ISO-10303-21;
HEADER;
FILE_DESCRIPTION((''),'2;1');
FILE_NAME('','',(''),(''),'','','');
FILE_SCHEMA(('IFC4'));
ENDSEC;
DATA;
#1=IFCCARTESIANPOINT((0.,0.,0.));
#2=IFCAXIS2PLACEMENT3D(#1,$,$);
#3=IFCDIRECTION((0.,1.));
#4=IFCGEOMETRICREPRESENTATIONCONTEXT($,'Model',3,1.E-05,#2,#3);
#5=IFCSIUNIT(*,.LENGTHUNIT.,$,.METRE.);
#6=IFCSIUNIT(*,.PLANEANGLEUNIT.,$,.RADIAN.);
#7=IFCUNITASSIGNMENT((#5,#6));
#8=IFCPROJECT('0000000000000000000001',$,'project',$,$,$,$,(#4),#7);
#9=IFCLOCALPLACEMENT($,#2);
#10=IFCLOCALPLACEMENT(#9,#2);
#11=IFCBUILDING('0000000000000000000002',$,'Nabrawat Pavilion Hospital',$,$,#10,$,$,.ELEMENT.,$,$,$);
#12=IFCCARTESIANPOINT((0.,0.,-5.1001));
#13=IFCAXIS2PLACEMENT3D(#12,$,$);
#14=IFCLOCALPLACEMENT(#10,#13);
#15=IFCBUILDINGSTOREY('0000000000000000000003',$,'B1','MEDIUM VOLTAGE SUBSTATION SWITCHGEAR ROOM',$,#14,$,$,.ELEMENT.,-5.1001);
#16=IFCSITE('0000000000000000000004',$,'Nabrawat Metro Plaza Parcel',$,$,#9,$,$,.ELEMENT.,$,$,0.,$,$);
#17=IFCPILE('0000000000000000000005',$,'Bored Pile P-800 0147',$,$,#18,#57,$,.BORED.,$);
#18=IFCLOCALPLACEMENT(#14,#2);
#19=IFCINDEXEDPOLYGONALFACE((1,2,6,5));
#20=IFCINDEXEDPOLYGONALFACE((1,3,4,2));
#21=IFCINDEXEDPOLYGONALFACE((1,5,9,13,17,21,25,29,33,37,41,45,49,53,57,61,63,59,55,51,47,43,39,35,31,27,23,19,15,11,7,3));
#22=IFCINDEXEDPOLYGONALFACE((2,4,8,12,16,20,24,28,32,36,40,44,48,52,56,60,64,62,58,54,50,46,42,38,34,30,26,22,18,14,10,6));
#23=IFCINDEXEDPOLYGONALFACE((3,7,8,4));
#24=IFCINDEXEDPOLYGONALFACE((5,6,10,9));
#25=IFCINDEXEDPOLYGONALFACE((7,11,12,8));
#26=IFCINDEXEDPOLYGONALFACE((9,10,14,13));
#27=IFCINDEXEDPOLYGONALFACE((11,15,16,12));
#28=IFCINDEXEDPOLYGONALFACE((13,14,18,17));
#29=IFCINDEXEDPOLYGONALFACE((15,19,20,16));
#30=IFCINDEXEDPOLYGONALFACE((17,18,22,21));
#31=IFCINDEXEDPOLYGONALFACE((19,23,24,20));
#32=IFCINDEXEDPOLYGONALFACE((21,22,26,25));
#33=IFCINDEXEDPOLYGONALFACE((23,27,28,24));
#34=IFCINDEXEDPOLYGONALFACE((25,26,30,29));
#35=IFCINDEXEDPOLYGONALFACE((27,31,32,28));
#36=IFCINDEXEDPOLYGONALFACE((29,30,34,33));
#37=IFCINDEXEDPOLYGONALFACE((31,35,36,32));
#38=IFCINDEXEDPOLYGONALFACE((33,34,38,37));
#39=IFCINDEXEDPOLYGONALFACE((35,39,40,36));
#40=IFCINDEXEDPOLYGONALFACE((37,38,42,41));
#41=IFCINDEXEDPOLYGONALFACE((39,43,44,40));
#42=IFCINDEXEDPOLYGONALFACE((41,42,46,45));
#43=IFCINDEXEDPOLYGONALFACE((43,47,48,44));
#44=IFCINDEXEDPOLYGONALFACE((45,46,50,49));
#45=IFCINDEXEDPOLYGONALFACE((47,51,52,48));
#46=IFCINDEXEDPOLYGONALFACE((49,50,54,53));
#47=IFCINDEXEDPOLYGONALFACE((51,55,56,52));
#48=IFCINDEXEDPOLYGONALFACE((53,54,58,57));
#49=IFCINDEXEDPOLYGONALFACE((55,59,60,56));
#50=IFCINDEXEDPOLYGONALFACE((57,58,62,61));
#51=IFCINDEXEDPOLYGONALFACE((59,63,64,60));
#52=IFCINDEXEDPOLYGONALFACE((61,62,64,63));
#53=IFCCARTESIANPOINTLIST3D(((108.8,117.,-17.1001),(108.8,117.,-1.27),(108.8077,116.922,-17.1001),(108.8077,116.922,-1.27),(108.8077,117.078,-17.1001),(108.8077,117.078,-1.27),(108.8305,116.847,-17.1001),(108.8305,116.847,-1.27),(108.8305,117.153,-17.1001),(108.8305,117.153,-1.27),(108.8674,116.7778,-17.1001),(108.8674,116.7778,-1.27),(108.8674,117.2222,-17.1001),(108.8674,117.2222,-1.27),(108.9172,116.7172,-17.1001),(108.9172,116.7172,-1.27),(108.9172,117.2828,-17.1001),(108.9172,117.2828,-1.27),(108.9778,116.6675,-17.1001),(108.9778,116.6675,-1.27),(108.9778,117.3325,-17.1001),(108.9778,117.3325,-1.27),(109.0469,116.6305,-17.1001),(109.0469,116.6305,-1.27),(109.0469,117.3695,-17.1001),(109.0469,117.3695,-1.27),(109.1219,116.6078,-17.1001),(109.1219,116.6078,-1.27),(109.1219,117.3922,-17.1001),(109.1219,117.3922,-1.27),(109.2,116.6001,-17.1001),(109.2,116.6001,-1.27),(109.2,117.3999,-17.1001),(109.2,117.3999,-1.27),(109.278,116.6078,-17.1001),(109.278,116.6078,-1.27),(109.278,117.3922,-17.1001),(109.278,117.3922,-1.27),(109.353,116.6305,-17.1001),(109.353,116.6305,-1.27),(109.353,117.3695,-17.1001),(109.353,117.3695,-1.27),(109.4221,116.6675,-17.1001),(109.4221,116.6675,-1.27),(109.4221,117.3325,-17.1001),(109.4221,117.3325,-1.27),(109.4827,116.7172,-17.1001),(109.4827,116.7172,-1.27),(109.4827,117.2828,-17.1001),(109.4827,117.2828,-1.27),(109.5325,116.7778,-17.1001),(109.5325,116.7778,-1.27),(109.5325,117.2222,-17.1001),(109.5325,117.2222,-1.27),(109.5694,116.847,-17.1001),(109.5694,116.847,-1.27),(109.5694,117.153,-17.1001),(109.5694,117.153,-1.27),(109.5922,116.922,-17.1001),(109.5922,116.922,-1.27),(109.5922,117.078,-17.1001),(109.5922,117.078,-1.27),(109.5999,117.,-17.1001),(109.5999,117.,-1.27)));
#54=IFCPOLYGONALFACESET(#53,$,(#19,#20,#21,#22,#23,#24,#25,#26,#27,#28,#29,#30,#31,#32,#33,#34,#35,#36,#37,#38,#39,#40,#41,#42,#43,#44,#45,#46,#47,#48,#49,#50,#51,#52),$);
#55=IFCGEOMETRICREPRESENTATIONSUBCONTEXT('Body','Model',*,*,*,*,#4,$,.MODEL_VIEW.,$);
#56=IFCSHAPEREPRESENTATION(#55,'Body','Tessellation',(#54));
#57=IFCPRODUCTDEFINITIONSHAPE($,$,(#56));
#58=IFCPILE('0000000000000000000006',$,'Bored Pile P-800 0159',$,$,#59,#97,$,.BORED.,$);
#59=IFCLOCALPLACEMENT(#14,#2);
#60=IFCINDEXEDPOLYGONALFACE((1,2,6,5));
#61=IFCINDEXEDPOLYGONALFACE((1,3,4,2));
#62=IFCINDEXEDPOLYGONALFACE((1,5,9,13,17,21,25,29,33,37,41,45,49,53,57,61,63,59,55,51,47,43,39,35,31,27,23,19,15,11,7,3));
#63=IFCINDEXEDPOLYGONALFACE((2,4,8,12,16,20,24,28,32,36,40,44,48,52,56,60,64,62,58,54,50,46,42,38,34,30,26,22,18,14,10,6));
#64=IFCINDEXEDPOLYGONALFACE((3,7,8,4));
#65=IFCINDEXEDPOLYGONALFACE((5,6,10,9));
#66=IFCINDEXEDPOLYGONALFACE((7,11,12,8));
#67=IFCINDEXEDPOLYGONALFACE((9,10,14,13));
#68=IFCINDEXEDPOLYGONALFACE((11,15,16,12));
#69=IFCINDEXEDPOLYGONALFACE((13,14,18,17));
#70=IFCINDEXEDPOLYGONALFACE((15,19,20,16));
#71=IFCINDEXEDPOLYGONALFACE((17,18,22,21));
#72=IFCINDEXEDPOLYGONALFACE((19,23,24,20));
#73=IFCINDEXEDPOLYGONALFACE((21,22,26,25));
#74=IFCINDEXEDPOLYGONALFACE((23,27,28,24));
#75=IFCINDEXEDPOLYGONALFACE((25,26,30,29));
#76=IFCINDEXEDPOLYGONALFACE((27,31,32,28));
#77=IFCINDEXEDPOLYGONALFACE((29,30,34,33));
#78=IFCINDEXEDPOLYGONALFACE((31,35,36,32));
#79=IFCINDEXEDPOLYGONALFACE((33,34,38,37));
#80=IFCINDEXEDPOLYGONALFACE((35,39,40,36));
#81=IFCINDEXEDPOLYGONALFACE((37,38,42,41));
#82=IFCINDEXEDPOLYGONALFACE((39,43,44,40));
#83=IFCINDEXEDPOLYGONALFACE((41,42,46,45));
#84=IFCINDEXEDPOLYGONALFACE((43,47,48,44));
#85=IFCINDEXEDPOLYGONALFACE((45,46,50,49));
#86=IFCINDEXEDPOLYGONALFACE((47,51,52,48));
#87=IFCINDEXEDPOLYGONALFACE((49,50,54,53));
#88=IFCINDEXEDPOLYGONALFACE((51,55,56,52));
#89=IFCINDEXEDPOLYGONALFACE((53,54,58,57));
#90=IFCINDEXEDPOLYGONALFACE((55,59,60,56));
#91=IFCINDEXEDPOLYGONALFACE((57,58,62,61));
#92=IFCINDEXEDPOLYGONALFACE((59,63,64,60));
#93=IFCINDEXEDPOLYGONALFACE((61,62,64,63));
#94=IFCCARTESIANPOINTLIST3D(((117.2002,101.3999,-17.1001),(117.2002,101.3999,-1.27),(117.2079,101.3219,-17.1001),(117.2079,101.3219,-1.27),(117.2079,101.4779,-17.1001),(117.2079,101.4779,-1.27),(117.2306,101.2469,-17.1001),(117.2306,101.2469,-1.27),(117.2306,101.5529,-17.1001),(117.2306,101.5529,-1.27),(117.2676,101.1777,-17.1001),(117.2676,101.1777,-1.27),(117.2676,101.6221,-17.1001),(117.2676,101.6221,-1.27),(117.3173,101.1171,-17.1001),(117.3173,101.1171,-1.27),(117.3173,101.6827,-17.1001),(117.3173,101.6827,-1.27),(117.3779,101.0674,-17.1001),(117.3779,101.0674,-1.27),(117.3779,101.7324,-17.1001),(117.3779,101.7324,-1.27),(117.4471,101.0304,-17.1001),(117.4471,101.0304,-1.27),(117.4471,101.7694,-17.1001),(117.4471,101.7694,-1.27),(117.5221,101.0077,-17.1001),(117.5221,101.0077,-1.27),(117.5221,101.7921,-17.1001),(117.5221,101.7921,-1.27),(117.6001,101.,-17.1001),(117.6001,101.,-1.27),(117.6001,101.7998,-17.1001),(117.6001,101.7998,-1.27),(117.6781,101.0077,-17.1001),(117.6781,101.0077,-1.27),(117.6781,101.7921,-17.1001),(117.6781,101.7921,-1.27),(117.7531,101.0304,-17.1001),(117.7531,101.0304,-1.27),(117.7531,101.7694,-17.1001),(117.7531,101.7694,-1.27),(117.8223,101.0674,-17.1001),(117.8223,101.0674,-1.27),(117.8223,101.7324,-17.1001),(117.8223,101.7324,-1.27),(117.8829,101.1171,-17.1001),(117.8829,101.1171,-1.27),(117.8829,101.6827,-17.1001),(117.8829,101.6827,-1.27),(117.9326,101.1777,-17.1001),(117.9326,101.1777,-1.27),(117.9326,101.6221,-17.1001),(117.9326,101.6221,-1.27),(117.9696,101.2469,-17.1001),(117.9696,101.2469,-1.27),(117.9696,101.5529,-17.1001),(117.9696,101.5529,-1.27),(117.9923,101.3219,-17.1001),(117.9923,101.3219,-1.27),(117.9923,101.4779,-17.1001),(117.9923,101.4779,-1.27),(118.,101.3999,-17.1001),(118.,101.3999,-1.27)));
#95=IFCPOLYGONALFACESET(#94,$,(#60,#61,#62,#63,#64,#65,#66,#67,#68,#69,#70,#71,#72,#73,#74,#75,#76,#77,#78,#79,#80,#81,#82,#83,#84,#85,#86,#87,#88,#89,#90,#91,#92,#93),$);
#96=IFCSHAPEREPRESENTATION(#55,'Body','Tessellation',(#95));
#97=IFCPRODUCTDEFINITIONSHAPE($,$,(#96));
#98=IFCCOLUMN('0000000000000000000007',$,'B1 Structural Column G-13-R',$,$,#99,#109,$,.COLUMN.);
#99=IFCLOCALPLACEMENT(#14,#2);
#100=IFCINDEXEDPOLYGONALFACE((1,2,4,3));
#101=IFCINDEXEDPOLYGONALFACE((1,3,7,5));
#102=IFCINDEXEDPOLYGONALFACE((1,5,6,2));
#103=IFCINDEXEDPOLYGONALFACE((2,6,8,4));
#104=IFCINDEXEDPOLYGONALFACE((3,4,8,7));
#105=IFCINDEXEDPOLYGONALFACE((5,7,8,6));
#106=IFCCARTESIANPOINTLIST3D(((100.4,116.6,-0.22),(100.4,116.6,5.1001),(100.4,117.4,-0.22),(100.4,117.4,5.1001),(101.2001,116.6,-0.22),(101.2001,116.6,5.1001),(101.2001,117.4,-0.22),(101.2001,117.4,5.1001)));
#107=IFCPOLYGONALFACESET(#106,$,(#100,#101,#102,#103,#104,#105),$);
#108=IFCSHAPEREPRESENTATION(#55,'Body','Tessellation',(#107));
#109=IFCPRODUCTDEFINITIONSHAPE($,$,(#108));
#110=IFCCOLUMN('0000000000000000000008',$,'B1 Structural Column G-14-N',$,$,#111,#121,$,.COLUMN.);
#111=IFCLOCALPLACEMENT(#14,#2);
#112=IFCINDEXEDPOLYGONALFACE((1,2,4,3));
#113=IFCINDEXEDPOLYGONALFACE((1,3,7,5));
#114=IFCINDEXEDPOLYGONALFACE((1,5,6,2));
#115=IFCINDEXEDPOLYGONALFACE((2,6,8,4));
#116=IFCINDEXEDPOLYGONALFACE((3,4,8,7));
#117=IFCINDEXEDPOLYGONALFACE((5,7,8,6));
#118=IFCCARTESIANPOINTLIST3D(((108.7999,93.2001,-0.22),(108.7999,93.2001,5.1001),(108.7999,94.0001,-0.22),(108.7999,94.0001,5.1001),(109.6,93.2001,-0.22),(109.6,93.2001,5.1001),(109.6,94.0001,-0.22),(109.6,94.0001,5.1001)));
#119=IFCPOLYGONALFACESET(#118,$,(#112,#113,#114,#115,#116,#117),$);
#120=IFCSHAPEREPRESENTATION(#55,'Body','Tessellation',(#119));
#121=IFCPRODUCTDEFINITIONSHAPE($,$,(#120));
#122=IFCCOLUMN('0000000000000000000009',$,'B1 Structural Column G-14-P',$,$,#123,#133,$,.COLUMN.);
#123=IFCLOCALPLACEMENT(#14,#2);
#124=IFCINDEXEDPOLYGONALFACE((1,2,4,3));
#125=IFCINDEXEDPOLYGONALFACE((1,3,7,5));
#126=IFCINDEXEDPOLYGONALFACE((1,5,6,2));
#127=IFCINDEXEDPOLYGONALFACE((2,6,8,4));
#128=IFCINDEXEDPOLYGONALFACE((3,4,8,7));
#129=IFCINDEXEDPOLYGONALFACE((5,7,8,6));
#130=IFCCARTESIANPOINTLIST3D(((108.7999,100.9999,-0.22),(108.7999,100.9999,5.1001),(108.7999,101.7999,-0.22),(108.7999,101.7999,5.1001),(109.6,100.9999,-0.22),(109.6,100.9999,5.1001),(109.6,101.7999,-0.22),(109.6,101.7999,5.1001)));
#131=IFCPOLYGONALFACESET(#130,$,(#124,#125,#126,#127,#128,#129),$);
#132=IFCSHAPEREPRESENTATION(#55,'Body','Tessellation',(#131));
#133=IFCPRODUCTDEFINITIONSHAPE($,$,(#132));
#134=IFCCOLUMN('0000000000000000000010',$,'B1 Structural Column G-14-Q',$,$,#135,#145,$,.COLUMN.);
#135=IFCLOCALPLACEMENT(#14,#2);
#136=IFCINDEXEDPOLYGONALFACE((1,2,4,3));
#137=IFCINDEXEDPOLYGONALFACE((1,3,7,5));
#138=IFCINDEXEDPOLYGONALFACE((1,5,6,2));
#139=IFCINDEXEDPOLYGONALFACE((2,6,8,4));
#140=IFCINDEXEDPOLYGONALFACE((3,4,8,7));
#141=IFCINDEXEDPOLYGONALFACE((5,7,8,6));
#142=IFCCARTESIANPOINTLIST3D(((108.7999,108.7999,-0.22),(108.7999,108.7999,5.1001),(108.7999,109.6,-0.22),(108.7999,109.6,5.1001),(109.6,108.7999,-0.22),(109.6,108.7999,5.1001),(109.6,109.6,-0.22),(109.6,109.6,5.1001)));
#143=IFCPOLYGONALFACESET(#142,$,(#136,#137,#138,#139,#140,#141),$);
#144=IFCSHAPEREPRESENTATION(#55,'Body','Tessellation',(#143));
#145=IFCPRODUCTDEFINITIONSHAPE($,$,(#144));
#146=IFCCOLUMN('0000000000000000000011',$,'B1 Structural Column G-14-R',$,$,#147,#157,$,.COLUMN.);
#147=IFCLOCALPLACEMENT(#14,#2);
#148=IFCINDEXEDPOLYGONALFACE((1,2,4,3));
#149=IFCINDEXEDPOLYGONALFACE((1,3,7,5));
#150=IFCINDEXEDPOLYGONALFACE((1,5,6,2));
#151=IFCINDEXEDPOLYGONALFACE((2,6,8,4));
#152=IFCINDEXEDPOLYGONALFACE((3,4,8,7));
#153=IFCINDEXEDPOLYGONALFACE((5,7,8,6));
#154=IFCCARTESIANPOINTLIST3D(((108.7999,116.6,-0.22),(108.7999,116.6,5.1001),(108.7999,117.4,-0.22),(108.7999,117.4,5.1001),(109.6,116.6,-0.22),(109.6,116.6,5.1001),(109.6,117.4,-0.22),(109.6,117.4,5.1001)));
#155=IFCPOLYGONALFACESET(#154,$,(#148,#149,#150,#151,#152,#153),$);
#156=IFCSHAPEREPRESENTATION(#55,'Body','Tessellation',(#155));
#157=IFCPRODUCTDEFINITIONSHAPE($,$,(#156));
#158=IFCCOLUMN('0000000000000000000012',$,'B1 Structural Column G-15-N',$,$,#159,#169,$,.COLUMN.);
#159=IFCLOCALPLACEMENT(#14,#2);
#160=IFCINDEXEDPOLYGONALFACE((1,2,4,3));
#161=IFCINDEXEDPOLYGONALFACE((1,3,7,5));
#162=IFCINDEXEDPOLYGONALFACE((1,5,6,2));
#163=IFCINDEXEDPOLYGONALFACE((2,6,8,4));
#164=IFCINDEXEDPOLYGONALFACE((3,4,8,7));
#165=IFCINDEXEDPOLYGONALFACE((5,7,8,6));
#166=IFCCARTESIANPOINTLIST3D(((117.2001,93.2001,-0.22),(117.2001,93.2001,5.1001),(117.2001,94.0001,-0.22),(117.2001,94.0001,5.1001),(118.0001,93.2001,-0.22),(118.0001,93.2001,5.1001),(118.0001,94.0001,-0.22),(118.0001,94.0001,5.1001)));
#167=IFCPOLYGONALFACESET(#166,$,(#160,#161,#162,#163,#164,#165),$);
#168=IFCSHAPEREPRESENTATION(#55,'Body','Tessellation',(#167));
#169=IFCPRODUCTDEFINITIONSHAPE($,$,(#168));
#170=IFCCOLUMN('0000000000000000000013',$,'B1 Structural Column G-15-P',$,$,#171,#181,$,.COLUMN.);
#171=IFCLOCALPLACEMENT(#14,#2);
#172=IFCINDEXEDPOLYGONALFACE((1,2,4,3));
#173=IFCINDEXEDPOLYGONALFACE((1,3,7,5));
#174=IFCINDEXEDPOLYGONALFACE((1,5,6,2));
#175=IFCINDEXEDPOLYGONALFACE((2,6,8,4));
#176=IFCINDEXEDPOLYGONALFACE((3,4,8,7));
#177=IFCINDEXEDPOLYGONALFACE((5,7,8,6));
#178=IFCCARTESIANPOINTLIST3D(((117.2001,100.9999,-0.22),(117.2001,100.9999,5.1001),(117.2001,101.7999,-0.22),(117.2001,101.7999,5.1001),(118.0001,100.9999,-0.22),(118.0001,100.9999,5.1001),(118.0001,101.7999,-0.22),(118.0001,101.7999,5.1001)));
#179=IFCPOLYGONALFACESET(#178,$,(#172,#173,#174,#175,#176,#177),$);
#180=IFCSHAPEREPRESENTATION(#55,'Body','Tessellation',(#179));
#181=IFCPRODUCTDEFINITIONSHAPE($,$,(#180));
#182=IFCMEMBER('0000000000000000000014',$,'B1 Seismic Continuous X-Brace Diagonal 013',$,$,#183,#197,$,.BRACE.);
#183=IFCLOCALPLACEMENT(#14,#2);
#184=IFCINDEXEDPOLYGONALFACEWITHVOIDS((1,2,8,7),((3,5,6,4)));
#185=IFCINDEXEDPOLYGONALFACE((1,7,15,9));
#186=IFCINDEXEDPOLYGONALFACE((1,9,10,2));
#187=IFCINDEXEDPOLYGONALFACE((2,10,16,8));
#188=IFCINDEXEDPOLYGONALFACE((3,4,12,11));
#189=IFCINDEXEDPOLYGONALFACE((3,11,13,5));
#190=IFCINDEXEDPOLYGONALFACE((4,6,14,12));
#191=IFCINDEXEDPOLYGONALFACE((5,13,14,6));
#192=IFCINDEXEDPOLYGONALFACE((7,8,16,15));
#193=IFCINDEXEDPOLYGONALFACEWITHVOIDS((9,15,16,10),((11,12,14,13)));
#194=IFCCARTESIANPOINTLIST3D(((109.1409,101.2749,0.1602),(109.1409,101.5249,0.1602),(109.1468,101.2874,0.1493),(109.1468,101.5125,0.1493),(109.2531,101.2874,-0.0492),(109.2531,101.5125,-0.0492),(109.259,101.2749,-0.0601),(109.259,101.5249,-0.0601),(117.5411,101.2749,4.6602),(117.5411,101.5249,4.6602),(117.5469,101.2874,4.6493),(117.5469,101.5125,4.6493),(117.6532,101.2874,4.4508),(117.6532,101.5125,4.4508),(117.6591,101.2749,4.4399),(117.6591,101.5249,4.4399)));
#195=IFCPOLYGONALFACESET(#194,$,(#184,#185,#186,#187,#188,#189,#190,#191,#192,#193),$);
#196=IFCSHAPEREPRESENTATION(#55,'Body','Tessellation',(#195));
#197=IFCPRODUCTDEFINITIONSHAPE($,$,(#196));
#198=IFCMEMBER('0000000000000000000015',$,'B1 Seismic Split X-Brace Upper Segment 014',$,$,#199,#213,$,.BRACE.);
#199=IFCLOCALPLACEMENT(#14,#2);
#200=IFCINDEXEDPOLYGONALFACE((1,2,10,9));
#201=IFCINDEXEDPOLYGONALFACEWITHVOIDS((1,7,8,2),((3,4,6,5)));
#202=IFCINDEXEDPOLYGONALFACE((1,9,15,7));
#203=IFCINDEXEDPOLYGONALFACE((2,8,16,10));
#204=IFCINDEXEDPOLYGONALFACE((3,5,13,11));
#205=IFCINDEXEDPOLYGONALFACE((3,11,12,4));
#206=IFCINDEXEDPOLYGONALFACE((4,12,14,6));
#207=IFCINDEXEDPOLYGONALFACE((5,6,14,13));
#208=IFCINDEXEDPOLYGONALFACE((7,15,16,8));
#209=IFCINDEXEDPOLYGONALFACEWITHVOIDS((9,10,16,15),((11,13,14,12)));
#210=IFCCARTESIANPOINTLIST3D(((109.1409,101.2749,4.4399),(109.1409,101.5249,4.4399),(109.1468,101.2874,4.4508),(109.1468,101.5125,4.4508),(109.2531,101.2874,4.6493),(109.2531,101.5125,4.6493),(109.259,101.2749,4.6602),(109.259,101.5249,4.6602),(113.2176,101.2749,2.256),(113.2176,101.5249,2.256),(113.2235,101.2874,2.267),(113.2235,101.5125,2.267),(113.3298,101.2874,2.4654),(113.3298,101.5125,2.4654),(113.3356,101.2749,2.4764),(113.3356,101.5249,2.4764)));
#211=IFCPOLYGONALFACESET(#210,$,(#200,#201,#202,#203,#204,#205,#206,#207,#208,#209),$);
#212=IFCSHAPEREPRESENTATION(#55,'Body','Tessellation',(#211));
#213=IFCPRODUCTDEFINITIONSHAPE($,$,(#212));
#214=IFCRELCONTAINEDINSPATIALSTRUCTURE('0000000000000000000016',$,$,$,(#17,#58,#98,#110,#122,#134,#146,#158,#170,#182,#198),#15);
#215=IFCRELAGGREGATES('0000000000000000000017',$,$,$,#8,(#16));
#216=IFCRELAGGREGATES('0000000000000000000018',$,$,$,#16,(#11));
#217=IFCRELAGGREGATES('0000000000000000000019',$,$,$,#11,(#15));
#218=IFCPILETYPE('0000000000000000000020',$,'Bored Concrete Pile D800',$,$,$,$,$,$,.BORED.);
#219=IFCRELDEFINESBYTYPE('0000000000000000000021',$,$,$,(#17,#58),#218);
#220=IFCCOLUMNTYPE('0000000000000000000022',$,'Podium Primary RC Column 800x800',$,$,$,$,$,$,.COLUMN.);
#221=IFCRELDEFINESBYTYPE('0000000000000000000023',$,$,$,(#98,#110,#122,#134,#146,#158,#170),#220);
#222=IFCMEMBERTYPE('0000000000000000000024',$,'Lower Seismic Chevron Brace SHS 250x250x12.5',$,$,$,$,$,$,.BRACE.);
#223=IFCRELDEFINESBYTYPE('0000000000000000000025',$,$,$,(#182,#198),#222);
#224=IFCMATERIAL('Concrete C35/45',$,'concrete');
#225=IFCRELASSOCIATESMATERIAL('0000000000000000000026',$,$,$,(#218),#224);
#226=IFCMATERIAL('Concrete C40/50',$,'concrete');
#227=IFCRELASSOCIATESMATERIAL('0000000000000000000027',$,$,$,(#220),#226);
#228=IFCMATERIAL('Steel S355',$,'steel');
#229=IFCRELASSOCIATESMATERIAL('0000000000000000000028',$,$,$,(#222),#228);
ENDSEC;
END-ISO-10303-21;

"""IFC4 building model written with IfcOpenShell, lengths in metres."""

from ifc_helpers import new_model, si_unit, direction, frame, origin, origin_2d, place, context, subcontext, project, spatial, rectangle, hollow_rectangle, circle, extrude, material, material_profile, profile_set, type_object, element, save


model = new_model("IFC4")

# Units and contexts
model_context = context("Model", 3, precision=1e-05, world=origin(), true_north=direction((0.0, 1.0)))
body_context = subcontext(model_context, "Body", "Model", "MODEL_VIEW")
ifc_project = project(units=[si_unit("LENGTHUNIT", "METRE"), si_unit("PLANEANGLEUNIT", "RADIAN")], contexts=[model_context])

# Site, building, storey
site_placement = place(None, origin())
site = spatial("IfcSite", under=ifc_project, at=site_placement, Name="Nabrawat Metro Plaza Parcel", CompositionType="ELEMENT", RefElevation=0.0)
building_placement = place(site_placement, origin())
building = spatial("IfcBuilding", under=site, at=building_placement, Name="Nabrawat Pavilion Hospital", CompositionType="ELEMENT")
storey_placement = place(building_placement, frame((0.0, 0.0, -5.1001)))
storey = spatial("IfcBuildingStorey", under=building, at=storey_placement, Name="B1", Description="MEDIUM VOLTAGE SUBSTATION SWITCHGEAR ROOM", CompositionType="ELEMENT", Elevation=-5.1001)

# Piles
ifc_material_1 = material(Name="Concrete C35/45", Category="concrete")
ifc_material_profile_1 = material_profile(ifc_material_1, circle(Radius=0.3999, at=origin_2d()), Name="DIA 800")
ifc_profile_set_1 = profile_set([ifc_material_profile_1], Name="Concrete C35/45")
pile_type_1 = type_object("IfcPileType", Name="Bored Concrete Pile D800", PredefinedType="BORED", material=ifc_profile_set_1)
for number, where, z_axis, x_axis, name in (
    (1, (109.2, 117.0, -1.27), (0.0, 0.0, -1.0), (1.0, 0.0, 0.0), "Bored Pile P-800 0147"),
    (2, (117.6001, 101.3999, -1.27), (0.0, 0.0, -1.0), (1.0, 0.0, 0.0), "Bored Pile P-800 0159"),
):
    element("IfcPile", number, at=place(storey_placement, frame(where, z_axis=z_axis, x_axis=x_axis)), inside=storey, type_object=pile_type_1, Name=name, PredefinedType="BORED", context=body_context, shape_type="SweptSolid", body=[
        extrude(circle(Radius=0.3999, at=origin_2d()), origin(), (0.0, 0.0, 1.0), 15.8301),
    ])

# Columns
ifc_material_2 = material(Name="Concrete C40/50", Category="concrete")
ifc_material_profile_2 = material_profile(ifc_material_2, rectangle(XDim=0.8, YDim=0.8, at=origin_2d()), Name="RC 800x800")
ifc_profile_set_2 = profile_set([ifc_material_profile_2], Name="Concrete C40/50")
column_type = type_object("IfcColumnType", Name="Podium Primary RC Column 800x800", PredefinedType="COLUMN", material=ifc_profile_set_2)
for number, where, z_axis, x_axis, name in (
    (3, (100.8, 117.0, -0.22), (0.0, 0.0, 1.0), (1.0, 0.0, 0.0), "B1 Structural Column G-13-R"),
    (4, (109.2, 93.6001, -0.22), (0.0, 0.0, 1.0), (1.0, 0.0, 0.0), "B1 Structural Column G-14-N"),
    (5, (109.2, 101.3999, -0.22), (0.0, 0.0, 1.0), (1.0, 0.0, 0.0), "B1 Structural Column G-14-P"),
    (6, (109.2, 109.2, -0.22), (0.0, 0.0, 1.0), (1.0, 0.0, 0.0), "B1 Structural Column G-14-Q"),
    (7, (109.2, 117.0, -0.22), (0.0, 0.0, 1.0), (1.0, 0.0, 0.0), "B1 Structural Column G-14-R"),
    (8, (117.6001, 93.6001, -0.22), (0.0, 0.0, 1.0), (1.0, 0.0, 0.0), "B1 Structural Column G-15-N"),
    (9, (117.6001, 101.3999, -0.22), (0.0, 0.0, 1.0), (1.0, 0.0, 0.0), "B1 Structural Column G-15-P"),
):
    element("IfcColumn", number, at=place(storey_placement, frame(where, z_axis=z_axis, x_axis=x_axis)), inside=storey, type_object=column_type, Name=name, PredefinedType="COLUMN", context=body_context, shape_type="SweptSolid", body=[
        extrude(rectangle(XDim=0.8, YDim=0.8, at=origin_2d()), origin(), (0.0, 0.0, 1.0), 5.3201),
    ])

# Members
ifc_material_3 = material(Name="Steel S355", Category="steel")
ifc_material_profile_3 = material_profile(ifc_material_3, hollow_rectangle(XDim=0.25, YDim=0.25, WallThickness=0.0125, at=origin_2d()), Name="SHS 250x250x12.5")
ifc_profile_set_3 = profile_set([ifc_material_profile_3], Name="Steel S355")
member_type = type_object("IfcMemberType", Name="Lower Seismic Chevron Brace SHS 250x250x12.5", PredefinedType="BRACE", material=ifc_profile_set_3)
member_placement = place(storey_placement, frame((109.2, 101.3999, 0.05), z_axis=(0.881483, 0.0, 0.472215), x_axis=(0.0, 1.0, 0.0)))
element("IfcMember", 10, at=member_placement, inside=storey, type_object=member_type, Name="B1 Seismic Continuous X-Brace Diagonal 013", PredefinedType="BRACE", context=body_context, shape_type="SweptSolid", body=[
    extrude(hollow_rectangle(XDim=0.25, YDim=0.25, WallThickness=0.0125, at=origin_2d()), origin(), (0.0, 0.0, 1.0), 9.5295),
])
for number, where, z_axis, x_axis, name in (
    (11, (109.2, 101.3999, 4.55), (0.881488, 0.0, -0.472207), (0.0, 1.0, 0.0), "B1 Seismic Split X-Brace Upper Segment 014"),
):
    element("IfcMember", number, at=place(storey_placement, frame(where, z_axis=z_axis, x_axis=x_axis)), inside=storey, type_object=member_type, Name=name, PredefinedType="BRACE", context=body_context, shape_type="SweptSolid", body=[
        extrude(hollow_rectangle(XDim=0.25, YDim=0.25, WallThickness=0.0125, at=origin_2d()), origin(), (0.0, 0.0, 1.0), 4.6248),
    ])

save(model, "model.ifc")
